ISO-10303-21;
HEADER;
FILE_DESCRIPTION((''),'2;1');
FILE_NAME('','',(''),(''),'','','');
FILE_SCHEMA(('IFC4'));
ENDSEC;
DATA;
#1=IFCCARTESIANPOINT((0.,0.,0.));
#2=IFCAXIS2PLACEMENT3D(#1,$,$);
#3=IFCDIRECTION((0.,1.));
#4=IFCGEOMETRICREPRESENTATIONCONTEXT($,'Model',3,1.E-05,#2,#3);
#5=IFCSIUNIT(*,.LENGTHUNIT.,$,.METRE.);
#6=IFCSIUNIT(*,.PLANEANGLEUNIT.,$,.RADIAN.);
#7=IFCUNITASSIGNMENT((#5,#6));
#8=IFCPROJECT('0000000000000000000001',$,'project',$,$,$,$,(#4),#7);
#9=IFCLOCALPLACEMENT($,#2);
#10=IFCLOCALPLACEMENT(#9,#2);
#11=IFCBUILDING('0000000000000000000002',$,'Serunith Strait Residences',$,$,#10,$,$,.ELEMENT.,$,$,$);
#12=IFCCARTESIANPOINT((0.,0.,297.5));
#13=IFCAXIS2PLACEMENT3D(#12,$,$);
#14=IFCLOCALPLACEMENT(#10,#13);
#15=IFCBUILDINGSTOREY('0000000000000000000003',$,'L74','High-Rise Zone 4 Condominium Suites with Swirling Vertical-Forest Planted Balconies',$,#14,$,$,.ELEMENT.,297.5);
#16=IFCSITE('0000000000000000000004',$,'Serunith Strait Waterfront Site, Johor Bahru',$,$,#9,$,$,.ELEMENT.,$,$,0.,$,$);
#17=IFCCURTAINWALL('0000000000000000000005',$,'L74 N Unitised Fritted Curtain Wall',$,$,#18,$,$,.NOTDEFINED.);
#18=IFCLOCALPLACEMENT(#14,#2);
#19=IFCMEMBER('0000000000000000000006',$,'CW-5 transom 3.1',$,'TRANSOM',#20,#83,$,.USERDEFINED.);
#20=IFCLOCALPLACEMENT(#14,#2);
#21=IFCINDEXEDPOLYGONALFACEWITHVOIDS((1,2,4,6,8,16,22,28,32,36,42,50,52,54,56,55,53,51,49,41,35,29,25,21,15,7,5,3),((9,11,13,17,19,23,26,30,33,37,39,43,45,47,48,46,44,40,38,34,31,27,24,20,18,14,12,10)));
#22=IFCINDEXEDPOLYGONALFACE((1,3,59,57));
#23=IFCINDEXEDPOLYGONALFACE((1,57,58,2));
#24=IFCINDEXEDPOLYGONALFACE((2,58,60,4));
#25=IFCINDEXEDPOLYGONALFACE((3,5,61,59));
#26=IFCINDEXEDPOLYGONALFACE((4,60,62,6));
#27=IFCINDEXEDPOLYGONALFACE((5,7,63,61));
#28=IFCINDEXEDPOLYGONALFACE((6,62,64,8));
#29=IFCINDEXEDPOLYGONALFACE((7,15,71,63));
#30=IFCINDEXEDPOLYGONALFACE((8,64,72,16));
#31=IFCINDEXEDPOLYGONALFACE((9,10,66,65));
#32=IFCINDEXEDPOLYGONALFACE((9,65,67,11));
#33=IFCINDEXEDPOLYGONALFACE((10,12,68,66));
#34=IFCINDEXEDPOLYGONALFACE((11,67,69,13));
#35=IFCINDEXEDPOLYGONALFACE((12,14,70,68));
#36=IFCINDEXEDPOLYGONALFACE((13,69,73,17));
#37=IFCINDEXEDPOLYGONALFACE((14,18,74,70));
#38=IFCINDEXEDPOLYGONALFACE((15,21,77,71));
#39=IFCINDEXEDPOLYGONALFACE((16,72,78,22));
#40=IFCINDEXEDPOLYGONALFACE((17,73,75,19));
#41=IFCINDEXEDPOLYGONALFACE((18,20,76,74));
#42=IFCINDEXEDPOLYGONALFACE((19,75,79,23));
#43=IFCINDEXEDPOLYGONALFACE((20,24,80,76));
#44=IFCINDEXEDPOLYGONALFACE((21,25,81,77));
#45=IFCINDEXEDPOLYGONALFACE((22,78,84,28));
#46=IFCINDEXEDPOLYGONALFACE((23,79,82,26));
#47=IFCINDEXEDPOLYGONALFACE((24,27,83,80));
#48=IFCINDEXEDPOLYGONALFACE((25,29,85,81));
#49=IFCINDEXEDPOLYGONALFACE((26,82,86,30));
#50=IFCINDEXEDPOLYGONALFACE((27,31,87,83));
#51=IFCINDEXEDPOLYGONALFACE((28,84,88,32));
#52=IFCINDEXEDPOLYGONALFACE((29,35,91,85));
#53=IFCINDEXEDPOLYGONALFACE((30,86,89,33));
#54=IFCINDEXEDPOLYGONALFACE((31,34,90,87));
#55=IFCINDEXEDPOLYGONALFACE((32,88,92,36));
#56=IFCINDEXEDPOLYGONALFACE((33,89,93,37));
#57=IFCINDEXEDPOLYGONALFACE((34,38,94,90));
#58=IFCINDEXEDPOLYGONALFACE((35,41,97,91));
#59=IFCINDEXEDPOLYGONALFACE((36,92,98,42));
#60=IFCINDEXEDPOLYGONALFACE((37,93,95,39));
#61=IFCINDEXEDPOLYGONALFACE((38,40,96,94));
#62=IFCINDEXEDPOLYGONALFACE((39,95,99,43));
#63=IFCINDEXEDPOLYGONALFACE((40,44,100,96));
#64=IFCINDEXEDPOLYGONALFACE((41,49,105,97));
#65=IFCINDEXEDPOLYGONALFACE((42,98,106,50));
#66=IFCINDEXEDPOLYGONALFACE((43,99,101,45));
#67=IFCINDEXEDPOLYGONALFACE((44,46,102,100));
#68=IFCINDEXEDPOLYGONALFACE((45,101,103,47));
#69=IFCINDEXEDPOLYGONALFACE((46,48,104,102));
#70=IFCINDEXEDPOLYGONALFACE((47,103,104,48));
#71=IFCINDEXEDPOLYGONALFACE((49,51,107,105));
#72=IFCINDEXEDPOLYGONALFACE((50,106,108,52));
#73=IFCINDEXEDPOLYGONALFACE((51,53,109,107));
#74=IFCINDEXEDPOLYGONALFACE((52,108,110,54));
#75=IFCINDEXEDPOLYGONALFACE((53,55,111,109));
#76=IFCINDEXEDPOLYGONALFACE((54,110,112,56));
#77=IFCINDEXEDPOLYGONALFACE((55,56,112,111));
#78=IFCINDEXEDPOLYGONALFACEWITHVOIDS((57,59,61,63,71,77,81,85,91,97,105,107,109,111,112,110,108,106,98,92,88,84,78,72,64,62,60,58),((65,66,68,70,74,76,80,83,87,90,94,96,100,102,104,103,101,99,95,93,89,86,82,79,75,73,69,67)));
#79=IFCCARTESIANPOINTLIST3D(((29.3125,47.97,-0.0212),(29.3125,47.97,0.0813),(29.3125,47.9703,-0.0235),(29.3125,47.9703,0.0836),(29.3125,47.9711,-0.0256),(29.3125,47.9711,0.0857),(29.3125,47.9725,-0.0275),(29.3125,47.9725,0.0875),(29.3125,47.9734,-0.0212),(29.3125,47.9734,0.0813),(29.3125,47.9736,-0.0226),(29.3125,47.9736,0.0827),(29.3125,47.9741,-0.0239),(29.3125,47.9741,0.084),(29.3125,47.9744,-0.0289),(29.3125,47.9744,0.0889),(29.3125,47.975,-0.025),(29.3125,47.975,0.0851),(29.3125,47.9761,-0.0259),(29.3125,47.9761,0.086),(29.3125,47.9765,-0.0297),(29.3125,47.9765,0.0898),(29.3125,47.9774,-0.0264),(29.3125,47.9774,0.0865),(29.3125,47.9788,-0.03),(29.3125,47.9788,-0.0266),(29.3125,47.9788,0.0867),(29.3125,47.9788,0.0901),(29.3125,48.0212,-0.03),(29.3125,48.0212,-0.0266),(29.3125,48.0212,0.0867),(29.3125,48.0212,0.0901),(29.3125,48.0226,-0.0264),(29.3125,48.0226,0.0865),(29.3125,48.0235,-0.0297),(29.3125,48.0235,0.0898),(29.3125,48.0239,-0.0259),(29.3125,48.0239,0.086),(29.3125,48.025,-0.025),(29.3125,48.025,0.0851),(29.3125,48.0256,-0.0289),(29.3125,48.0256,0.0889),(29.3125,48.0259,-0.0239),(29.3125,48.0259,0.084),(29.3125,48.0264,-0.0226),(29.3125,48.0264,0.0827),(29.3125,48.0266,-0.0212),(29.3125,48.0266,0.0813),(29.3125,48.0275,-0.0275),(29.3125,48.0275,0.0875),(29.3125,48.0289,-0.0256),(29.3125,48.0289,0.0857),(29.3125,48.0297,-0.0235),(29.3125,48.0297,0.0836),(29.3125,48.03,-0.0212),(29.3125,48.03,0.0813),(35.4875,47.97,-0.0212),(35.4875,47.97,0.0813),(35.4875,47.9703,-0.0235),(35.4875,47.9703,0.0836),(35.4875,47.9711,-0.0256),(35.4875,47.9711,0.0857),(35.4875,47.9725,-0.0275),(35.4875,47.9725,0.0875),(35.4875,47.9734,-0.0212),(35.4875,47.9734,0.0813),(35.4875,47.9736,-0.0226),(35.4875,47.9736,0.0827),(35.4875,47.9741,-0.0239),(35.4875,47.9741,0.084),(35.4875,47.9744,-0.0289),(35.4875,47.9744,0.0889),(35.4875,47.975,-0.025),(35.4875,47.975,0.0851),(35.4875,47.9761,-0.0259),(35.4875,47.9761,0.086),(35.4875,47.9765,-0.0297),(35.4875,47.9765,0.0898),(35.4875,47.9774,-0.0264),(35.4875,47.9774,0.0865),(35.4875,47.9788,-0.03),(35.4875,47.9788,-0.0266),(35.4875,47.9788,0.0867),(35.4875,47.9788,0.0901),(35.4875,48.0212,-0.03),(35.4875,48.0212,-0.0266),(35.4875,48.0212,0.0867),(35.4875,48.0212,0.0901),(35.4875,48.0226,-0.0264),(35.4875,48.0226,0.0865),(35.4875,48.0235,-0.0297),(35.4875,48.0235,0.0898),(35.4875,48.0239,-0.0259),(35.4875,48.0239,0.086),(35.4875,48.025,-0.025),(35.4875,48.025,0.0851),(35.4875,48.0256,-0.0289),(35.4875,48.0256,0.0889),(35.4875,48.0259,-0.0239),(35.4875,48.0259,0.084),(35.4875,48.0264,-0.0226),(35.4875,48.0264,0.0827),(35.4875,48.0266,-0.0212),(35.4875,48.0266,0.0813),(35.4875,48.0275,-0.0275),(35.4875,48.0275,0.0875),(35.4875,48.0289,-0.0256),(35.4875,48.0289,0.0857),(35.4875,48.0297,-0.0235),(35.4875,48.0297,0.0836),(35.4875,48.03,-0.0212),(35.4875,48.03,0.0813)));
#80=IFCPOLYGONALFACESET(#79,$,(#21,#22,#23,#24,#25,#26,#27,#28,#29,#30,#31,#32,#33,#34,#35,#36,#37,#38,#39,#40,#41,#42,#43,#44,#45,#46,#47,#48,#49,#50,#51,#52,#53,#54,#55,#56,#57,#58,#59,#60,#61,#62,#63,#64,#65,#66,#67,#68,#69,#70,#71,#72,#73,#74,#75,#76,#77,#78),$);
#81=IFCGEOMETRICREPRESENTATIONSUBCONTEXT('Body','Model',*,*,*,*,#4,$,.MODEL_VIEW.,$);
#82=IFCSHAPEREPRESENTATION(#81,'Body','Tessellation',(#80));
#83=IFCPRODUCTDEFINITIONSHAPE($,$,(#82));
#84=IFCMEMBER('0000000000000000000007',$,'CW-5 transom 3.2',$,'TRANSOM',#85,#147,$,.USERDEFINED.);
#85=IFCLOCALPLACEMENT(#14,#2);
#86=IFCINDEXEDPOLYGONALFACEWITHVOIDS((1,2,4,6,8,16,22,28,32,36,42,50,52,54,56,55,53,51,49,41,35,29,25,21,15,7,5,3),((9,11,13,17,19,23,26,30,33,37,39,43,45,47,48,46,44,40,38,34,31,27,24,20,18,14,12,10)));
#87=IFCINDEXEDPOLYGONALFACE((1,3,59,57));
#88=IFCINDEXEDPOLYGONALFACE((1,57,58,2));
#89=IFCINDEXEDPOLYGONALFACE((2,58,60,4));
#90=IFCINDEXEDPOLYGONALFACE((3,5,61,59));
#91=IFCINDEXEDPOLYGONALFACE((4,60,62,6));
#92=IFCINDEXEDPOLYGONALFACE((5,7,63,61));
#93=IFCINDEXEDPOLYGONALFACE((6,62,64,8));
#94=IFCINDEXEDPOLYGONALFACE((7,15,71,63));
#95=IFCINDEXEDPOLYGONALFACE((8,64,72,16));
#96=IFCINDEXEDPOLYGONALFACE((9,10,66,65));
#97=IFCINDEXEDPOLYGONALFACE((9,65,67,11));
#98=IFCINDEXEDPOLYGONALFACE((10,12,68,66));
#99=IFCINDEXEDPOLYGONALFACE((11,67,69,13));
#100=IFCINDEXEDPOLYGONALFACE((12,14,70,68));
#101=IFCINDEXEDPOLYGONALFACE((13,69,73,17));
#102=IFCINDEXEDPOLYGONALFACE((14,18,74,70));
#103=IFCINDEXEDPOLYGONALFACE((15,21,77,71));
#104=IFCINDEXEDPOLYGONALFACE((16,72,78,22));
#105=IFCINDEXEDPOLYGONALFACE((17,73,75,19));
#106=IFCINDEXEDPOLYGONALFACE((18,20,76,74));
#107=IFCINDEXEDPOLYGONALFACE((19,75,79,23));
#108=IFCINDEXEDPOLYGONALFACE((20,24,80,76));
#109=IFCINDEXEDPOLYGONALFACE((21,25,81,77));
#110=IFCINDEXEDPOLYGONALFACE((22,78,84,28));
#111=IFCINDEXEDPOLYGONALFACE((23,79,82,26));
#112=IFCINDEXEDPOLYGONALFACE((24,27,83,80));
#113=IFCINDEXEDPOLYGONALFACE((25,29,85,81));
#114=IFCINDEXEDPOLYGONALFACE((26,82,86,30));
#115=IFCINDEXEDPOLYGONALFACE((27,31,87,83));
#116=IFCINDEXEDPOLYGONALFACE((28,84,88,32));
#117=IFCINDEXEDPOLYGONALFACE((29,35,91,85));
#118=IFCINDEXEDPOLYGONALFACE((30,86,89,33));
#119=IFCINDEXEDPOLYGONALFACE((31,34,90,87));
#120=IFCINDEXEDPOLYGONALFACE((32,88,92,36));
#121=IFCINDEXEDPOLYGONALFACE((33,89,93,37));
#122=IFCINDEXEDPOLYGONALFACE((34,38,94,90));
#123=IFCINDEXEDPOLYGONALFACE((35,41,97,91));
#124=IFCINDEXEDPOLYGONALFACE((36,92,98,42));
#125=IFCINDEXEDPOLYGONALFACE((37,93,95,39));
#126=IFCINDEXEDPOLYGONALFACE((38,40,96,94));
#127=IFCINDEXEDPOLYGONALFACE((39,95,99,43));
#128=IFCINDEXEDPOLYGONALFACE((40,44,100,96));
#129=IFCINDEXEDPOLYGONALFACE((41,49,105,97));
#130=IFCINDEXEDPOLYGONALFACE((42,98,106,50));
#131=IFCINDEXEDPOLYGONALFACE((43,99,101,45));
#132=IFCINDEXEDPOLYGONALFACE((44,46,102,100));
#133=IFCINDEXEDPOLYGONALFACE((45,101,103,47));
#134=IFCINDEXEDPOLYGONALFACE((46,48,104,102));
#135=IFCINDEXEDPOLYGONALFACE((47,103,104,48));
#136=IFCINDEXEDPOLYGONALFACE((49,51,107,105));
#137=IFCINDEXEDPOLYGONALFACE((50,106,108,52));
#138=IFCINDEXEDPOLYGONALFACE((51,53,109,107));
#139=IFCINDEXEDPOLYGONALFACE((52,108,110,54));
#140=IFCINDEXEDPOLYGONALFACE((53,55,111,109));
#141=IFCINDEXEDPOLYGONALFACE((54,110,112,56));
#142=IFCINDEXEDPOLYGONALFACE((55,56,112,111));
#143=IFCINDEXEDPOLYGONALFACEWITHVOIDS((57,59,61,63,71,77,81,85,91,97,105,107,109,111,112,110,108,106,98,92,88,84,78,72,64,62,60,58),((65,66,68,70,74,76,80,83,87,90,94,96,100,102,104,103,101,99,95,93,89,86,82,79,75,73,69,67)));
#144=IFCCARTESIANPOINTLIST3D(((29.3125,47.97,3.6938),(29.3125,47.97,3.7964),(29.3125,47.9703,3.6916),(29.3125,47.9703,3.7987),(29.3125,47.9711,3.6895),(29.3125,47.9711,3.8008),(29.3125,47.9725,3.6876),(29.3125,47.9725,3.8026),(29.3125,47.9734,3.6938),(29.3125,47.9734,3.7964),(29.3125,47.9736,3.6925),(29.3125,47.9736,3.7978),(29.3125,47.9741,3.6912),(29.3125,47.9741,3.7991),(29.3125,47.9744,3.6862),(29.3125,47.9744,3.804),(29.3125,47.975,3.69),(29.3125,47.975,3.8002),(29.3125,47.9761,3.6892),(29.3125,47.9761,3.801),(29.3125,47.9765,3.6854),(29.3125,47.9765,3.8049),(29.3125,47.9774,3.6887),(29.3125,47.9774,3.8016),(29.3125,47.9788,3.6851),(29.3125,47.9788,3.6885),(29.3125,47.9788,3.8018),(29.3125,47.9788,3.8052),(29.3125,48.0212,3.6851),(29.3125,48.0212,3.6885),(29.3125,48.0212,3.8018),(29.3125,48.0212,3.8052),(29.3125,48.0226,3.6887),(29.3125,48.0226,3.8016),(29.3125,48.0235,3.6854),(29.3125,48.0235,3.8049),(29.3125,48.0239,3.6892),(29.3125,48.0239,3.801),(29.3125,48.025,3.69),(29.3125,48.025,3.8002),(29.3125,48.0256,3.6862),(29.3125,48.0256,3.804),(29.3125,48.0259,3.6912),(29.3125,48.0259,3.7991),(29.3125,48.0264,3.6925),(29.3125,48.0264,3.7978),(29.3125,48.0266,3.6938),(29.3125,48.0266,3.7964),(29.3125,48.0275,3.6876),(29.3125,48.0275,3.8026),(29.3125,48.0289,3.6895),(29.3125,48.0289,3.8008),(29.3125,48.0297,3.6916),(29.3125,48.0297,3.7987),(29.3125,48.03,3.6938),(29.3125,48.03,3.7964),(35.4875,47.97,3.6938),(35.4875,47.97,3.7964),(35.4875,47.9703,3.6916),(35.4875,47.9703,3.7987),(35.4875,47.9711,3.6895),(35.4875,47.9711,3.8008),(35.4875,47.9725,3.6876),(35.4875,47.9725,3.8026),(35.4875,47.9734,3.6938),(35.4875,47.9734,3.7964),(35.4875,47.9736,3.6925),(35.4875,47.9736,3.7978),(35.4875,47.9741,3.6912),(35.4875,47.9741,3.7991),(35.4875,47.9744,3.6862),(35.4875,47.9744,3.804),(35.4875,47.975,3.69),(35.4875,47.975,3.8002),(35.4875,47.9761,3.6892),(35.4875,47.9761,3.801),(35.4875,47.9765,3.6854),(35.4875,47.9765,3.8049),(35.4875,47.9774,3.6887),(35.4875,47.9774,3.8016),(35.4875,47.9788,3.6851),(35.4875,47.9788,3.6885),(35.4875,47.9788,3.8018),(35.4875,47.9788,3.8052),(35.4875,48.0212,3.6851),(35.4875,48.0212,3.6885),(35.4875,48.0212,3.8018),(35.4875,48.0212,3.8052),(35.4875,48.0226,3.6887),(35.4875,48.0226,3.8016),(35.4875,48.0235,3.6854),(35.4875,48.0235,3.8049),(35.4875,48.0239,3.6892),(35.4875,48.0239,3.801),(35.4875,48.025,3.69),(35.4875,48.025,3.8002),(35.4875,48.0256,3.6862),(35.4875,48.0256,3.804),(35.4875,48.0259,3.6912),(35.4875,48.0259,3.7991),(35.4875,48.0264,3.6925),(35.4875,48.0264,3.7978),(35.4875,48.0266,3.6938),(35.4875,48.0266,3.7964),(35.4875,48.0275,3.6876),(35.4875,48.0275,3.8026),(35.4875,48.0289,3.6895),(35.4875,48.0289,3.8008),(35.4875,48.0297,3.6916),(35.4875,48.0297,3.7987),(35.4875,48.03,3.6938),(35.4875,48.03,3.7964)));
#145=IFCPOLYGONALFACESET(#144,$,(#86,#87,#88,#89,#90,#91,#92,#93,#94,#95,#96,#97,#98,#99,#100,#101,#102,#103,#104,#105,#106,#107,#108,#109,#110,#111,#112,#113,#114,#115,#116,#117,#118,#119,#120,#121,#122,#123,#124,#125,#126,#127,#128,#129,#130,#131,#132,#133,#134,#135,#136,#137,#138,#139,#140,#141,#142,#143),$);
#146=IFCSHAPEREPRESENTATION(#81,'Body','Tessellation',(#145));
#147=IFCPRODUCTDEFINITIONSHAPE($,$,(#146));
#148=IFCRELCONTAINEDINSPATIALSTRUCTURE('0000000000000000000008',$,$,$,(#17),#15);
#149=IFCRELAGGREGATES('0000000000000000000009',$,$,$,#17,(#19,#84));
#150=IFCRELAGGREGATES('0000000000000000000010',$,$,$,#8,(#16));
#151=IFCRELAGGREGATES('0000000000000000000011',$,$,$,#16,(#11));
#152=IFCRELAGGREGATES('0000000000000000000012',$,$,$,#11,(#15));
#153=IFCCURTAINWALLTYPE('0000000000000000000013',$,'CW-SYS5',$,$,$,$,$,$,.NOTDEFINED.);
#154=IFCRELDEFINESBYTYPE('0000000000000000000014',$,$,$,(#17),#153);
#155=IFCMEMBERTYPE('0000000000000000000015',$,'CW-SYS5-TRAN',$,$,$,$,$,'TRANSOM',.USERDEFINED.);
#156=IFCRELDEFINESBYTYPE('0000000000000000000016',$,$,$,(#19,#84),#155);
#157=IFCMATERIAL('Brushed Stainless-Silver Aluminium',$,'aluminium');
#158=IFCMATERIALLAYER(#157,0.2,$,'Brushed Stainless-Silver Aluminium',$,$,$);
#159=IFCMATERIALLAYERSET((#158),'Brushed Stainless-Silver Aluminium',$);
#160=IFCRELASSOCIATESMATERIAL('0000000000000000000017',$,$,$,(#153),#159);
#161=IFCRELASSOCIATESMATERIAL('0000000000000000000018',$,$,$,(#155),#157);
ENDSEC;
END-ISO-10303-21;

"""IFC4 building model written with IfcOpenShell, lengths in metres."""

from ifc_helpers import new_model, si_unit, direction, frame, origin, origin_2d, place, context, subcontext, project, spatial, hollow_rectangle, extrude, source, transform, mapped, material, layer, layer_set, material_profile, profile_set, type_object, element, aggregate, save


model = new_model("IFC4")

# Units and contexts
model_context = context("Model", 3, precision=1e-05, world=origin(), true_north=direction((0.0, 1.0)))
body_context = subcontext(model_context, "Body", "Model", "MODEL_VIEW")
ifc_project = project(units=[si_unit("LENGTHUNIT", "METRE"), si_unit("PLANEANGLEUNIT", "RADIAN")], contexts=[model_context])

# Site, building, storey
site_placement = place(None, origin())
site = spatial("IfcSite", under=ifc_project, at=site_placement, Name="Serunith Strait Waterfront Site, Johor Bahru", CompositionType="ELEMENT", RefElevation=0.0)
building_placement = place(site_placement, origin())
building = spatial("IfcBuilding", under=site, at=building_placement, Name="Serunith Strait Residences", CompositionType="ELEMENT")
storey_placement = place(building_placement, frame((0.0, 0.0, 297.5)))
storey = spatial("IfcBuildingStorey", under=building, at=storey_placement, Name="L74", Description="High-Rise Zone 4 Condominium Suites with Swirling Vertical-Forest Planted Balconies", CompositionType="ELEMENT", Elevation=297.5)

# Curtain wall, members
ifc_material_1 = material(Name="Brushed Stainless-Silver Aluminium", Category="aluminium")
ifc_layer_1 = layer(ifc_material_1, 0.2, Name="Brushed Stainless-Silver Aluminium")
ifc_layer_set_1 = layer_set([ifc_layer_1], Name="Brushed Stainless-Silver Aluminium")
curtain_wall_type = type_object("IfcCurtainWallType", Name="CW-SYS5", PredefinedType="NOTDEFINED", material=ifc_layer_set_1)
curtain_wall_placement = place(storey_placement, origin())
curtain_wall = element("IfcCurtainWall", 1, at=curtain_wall_placement, inside=storey, type_object=curtain_wall_type, Name="L74 N Unitised Fritted Curtain Wall", PredefinedType="NOTDEFINED")
ifc_material_profile_1 = material_profile(ifc_material_1, hollow_rectangle(XDim=0.0601, YDim=0.1201, WallThickness=0.0034, InnerFilletRadius=0.0054, OuterFilletRadius=0.0088, at=origin_2d()), Name="ALU 120x60x3.5")
ifc_profile_set_1 = profile_set([ifc_material_profile_1], Name="Brushed Stainless-Silver Aluminium")
member_type_1 = type_object("IfcMemberType", Name="CW-SYS5-TRAN", ElementType="TRANSOM", PredefinedType="USERDEFINED", material=ifc_profile_set_1)
shared_shape_1 = source(origin(), body_context, "Body", "SweptSolid", [
    extrude(hollow_rectangle(XDim=0.0601, YDim=0.1201, WallThickness=0.0034, InnerFilletRadius=0.0054, OuterFilletRadius=0.0088, at=origin_2d()), origin(), (0.0, 0.0, 1.0), 6.175),
])
member_1_placement = place(storey_placement, frame((35.4875, 48.0, 0.03), z_axis=(-1.0, 0.0, 0.0), x_axis=(0.0, -1.0, 0.0)))
member_1 = element("IfcMember", 2, at=member_1_placement, type_object=member_type_1, Name="CW-5 transom 3.1", ObjectType="TRANSOM", PredefinedType="USERDEFINED", context=body_context, shape_type="MappedRepresentation", body=[
    mapped(shared_shape_1, transform((0.0, 0.0, 0.0), scale=1.0)),
])
member_2_placement = place(storey_placement, frame((35.4875, 48.0, 3.7451), z_axis=(-1.0, 0.0, 0.0), x_axis=(0.0, -1.0, 0.0)))
member_2 = element("IfcMember", 3, at=member_2_placement, type_object=member_type_1, Name="CW-5 transom 3.2", ObjectType="TRANSOM", PredefinedType="USERDEFINED", context=body_context, shape_type="MappedRepresentation", body=[
    mapped(shared_shape_1, transform((0.0, 0.0, 0.0), scale=1.0)),
])
aggregate(curtain_wall, [member_1, member_2])

save(model, "model.ifc")
